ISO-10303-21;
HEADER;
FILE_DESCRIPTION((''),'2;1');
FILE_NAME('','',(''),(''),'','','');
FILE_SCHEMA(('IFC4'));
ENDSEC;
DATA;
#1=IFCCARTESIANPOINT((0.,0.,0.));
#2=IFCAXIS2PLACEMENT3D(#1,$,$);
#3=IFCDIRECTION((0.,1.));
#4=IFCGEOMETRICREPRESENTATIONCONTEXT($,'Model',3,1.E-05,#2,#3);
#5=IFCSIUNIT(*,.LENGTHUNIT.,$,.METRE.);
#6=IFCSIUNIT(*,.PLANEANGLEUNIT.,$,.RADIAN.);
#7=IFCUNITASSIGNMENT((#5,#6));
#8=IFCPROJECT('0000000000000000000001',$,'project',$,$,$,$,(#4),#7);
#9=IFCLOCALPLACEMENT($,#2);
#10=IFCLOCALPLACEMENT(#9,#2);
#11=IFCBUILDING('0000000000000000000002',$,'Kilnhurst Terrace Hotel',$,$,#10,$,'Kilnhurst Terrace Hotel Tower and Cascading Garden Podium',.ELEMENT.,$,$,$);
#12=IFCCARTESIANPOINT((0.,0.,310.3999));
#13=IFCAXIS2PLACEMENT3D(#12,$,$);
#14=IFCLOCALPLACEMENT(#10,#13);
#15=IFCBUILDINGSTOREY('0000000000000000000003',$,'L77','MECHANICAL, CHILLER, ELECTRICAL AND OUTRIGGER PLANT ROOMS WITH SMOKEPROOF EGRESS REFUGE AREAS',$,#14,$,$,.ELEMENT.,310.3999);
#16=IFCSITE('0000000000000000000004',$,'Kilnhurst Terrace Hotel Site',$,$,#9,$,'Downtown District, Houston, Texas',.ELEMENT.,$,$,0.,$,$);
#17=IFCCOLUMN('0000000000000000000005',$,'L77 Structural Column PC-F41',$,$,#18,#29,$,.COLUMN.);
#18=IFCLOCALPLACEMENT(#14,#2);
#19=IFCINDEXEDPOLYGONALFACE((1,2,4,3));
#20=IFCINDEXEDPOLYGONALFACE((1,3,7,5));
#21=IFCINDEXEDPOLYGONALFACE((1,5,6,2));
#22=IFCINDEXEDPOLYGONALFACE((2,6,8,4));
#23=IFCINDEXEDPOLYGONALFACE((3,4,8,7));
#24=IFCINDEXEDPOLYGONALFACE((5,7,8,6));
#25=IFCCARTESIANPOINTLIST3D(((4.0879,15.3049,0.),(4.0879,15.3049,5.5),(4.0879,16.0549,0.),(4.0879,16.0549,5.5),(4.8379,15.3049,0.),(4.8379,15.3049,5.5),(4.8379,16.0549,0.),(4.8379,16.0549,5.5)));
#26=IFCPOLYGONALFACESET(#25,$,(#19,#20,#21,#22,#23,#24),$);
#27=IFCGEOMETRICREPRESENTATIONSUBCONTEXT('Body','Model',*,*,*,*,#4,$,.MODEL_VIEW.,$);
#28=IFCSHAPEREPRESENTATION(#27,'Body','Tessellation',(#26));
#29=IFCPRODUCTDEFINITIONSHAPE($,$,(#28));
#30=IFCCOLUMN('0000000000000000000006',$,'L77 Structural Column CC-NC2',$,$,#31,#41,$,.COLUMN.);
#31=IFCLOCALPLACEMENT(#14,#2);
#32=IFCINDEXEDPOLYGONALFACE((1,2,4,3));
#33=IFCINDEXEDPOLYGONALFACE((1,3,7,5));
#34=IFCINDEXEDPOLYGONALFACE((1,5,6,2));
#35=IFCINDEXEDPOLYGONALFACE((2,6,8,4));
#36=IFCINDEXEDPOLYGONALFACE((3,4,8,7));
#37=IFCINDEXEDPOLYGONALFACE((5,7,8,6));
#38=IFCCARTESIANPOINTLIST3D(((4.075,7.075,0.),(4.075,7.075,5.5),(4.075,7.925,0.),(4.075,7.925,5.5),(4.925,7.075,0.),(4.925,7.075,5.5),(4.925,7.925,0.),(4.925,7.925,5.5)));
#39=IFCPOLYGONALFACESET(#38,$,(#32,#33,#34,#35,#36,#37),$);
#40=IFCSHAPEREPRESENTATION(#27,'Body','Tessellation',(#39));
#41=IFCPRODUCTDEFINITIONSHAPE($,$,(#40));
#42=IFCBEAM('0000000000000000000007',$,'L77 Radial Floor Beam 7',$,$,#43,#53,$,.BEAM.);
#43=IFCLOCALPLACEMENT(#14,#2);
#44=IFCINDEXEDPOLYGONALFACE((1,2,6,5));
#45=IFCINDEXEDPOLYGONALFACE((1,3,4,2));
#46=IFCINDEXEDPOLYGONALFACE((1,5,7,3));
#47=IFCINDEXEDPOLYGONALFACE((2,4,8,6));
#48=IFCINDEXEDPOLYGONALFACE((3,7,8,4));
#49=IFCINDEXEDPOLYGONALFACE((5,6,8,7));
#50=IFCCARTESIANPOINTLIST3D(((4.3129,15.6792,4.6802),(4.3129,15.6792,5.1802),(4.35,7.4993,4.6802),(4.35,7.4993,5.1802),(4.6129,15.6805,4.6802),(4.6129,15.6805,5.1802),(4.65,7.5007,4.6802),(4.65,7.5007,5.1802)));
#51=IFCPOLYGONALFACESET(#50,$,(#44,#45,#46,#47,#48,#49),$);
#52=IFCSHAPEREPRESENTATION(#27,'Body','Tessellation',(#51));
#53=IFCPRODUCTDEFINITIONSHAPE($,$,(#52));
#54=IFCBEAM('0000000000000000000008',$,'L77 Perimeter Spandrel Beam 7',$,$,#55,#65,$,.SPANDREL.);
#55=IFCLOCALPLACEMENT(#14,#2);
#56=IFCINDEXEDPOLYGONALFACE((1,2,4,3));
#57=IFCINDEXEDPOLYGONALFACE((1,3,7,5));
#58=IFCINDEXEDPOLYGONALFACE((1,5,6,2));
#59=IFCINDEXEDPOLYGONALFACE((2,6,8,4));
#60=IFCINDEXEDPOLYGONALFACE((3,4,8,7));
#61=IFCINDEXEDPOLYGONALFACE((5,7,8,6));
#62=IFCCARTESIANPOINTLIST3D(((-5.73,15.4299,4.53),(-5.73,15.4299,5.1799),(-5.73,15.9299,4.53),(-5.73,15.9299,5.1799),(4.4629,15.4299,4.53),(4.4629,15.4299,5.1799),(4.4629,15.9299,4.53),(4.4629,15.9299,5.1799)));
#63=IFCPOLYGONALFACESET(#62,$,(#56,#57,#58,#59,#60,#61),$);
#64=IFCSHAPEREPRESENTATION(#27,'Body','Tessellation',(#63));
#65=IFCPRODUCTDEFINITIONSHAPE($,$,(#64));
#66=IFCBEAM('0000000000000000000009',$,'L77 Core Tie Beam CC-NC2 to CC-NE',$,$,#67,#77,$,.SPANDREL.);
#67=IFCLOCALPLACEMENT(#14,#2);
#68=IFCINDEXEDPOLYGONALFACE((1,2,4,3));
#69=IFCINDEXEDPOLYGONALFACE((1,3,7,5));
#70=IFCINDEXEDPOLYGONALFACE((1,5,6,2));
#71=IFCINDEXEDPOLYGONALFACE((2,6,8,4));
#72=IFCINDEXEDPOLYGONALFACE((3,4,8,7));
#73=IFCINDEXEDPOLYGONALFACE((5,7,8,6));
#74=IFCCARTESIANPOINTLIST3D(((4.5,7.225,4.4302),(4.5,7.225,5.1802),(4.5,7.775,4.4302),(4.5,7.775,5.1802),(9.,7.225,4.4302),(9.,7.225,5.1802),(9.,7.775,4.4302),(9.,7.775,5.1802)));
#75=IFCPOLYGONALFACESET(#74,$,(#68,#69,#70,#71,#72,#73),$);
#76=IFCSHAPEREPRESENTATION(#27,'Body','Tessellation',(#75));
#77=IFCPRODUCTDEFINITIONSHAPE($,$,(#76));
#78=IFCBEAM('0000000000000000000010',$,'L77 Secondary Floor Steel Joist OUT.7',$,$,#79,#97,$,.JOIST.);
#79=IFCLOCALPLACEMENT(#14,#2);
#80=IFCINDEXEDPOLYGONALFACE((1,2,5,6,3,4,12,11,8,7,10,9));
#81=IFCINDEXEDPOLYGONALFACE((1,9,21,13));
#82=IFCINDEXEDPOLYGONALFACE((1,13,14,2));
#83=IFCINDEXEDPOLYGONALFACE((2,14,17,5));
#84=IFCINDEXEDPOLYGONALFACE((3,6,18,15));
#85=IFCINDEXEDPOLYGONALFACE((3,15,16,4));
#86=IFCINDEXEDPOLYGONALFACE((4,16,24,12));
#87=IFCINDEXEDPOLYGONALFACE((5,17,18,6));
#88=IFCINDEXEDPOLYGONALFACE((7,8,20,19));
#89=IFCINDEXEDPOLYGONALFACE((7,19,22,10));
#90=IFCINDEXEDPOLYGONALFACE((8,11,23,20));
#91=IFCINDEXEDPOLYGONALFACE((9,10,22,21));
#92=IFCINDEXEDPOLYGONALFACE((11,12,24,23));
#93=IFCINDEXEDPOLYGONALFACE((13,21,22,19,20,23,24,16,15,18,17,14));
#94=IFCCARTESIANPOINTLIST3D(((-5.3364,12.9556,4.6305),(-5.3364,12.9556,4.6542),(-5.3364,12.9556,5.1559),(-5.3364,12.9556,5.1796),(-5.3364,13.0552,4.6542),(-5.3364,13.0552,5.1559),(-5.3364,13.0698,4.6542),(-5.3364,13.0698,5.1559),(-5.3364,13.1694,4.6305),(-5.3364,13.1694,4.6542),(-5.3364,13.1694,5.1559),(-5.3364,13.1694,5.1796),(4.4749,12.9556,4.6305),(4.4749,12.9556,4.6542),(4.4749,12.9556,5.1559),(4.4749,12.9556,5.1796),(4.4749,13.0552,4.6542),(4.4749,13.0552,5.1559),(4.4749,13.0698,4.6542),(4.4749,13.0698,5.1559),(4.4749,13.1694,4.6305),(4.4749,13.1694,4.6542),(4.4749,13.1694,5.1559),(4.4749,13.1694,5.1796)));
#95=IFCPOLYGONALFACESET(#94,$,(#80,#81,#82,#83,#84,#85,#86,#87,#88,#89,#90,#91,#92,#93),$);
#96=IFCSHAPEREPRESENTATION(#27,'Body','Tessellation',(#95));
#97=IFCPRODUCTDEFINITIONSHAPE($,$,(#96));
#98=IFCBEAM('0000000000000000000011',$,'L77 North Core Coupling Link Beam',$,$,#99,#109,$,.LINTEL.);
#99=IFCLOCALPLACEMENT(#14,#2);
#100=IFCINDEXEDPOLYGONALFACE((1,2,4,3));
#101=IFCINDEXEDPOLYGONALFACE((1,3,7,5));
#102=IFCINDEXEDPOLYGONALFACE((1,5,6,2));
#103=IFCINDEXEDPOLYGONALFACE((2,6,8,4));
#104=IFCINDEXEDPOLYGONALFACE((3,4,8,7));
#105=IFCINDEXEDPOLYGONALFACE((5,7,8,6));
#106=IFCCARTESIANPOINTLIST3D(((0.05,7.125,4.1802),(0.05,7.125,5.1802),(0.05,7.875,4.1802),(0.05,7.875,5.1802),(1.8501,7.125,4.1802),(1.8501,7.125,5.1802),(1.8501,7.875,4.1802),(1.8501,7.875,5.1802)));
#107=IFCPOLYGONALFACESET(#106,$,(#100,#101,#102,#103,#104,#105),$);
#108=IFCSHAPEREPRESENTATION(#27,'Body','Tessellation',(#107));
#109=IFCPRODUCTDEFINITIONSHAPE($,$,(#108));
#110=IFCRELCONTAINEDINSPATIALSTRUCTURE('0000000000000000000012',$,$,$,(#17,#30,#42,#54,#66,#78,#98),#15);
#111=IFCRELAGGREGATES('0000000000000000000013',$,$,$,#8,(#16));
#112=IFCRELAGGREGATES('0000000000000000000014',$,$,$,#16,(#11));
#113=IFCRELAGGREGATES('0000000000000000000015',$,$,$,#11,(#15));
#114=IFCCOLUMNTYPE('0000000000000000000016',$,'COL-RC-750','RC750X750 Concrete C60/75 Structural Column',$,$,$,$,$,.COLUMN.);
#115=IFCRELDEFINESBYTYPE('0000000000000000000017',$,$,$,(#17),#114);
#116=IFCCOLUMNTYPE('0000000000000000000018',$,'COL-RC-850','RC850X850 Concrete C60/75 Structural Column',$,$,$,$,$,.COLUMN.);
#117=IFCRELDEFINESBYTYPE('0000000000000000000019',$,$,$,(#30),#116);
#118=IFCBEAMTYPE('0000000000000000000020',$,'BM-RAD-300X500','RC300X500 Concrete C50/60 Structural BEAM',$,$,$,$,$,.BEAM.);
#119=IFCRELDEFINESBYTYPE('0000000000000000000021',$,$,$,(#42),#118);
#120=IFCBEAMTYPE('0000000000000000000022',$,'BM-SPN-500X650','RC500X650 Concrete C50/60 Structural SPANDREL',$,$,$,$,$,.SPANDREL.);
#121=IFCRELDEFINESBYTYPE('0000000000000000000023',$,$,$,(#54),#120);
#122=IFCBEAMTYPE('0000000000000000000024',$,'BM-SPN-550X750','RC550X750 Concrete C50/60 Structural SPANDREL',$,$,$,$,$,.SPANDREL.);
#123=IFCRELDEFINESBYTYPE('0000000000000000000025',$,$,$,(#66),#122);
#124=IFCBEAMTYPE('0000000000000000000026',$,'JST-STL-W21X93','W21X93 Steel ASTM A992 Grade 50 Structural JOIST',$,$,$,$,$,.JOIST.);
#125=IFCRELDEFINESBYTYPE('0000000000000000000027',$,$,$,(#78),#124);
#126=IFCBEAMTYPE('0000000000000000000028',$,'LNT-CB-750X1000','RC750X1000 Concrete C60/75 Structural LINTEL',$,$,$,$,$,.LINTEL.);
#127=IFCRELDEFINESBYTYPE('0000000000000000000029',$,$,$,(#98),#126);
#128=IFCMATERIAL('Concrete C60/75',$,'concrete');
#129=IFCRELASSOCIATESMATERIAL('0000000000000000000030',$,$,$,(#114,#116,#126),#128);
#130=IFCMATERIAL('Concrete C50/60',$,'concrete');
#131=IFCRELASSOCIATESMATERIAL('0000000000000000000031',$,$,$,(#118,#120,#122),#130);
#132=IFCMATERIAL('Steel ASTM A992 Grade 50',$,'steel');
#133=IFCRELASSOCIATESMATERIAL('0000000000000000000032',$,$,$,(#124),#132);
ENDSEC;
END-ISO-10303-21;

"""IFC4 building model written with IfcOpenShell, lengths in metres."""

from ifc_helpers import new_model, si_unit, direction, frame, origin, origin_2d, place, context, subcontext, project, spatial, rectangle, i_section, extrude, material, material_profile, profile_set, type_object, element, save


model = new_model("IFC4")

# Units and contexts
model_context = context("Model", 3, precision=1e-05, world=origin(), true_north=direction((0.0, 1.0)))
body_context = subcontext(model_context, "Body", "Model", "MODEL_VIEW")
ifc_project = project(units=[si_unit("LENGTHUNIT", "METRE"), si_unit("PLANEANGLEUNIT", "RADIAN")], contexts=[model_context])

# Site, building, storey
site_placement = place(None, origin())
site = spatial("IfcSite", under=ifc_project, at=site_placement, Name="Kilnhurst Terrace Hotel Site", LongName="Downtown District, Houston, Texas", CompositionType="ELEMENT", RefElevation=0.0)
building_placement = place(site_placement, origin())
building = spatial("IfcBuilding", under=site, at=building_placement, Name="Kilnhurst Terrace Hotel", LongName="Kilnhurst Terrace Hotel Tower and Cascading Garden Podium", CompositionType="ELEMENT")
storey_placement = place(building_placement, frame((0.0, 0.0, 310.3999)))
storey = spatial("IfcBuildingStorey", under=building, at=storey_placement, Name="L77", Description="MECHANICAL, CHILLER, ELECTRICAL AND OUTRIGGER PLANT ROOMS WITH SMOKEPROOF EGRESS REFUGE AREAS", CompositionType="ELEMENT", Elevation=310.3999)

# Columns
ifc_material_1 = material(Name="Concrete C60/75", Category="concrete")
ifc_material_profile_1 = material_profile(ifc_material_1, rectangle(XDim=0.75, YDim=0.75, at=origin_2d()), Name="RC750X750")
ifc_profile_set_1 = profile_set([ifc_material_profile_1], Name="Concrete C60/75")
column_type_1 = type_object("IfcColumnType", Name="COL-RC-750", Description="RC750X750 Concrete C60/75 Structural Column", PredefinedType="COLUMN", material=ifc_profile_set_1)
column_1_placement = place(storey_placement, frame((4.4629, 15.6799, 0.0), z_axis=(0.0, 0.0, 1.0), x_axis=(1.0, 0.0, 0.0)))
element("IfcColumn", 1, at=column_1_placement, inside=storey, type_object=column_type_1, Name="L77 Structural Column PC-F41", PredefinedType="COLUMN", context=body_context, shape_type="SweptSolid", body=[
    extrude(rectangle(XDim=0.75, YDim=0.75, at=origin_2d()), origin(), (0.0, 0.0, 1.0), 5.5),
])
ifc_material_profile_2 = material_profile(ifc_material_1, rectangle(XDim=0.8501, YDim=0.8501, at=origin_2d()), Name="RC850X850")
ifc_profile_set_2 = profile_set([ifc_material_profile_2], Name="Concrete C60/75")
column_type_2 = type_object("IfcColumnType", Name="COL-RC-850", Description="RC850X850 Concrete C60/75 Structural Column", PredefinedType="COLUMN", material=ifc_profile_set_2)
column_2_placement = place(storey_placement, frame((4.5, 7.5, 0.0), z_axis=(0.0, 0.0, 1.0), x_axis=(1.0, 0.0, 0.0)))
element("IfcColumn", 2, at=column_2_placement, inside=storey, type_object=column_type_2, Name="L77 Structural Column CC-NC2", PredefinedType="COLUMN", context=body_context, shape_type="SweptSolid", body=[
    extrude(rectangle(XDim=0.8501, YDim=0.8501, at=origin_2d()), origin(), (0.0, 0.0, 1.0), 5.5),
])

# Beams
ifc_material_2 = material(Name="Concrete C50/60", Category="concrete")
ifc_material_profile_3 = material_profile(ifc_material_2, rectangle(XDim=0.3, YDim=0.5, at=origin_2d()), Name="RC300X500")
ifc_profile_set_3 = profile_set([ifc_material_profile_3], Name="Concrete C50/60")
beam_type_1 = type_object("IfcBeamType", Name="BM-RAD-300X500", Description="RC300X500 Concrete C50/60 Structural BEAM", PredefinedType="BEAM", material=ifc_profile_set_3)
beam_1_placement = place(storey_placement, frame((4.5, 7.5, 4.9302), z_axis=(-0.004537, 0.99999, 0.0), x_axis=(-0.99999, -0.004537, 0.0)))
element("IfcBeam", 3, at=beam_1_placement, inside=storey, type_object=beam_type_1, Name="L77 Radial Floor Beam 7", PredefinedType="BEAM", context=body_context, shape_type="SweptSolid", body=[
    extrude(rectangle(XDim=0.3, YDim=0.5, at=origin_2d()), origin(), (0.0, 0.0, 1.0), 8.1799),
])
ifc_material_profile_4 = material_profile(ifc_material_2, rectangle(XDim=0.5, YDim=0.6499, at=origin_2d()), Name="RC500X650")
ifc_profile_set_4 = profile_set([ifc_material_profile_4], Name="Concrete C50/60")
beam_type_2 = type_object("IfcBeamType", Name="BM-SPN-500X650", Description="RC500X650 Concrete C50/60 Structural SPANDREL", PredefinedType="SPANDREL", material=ifc_profile_set_4)
beam_2_placement = place(storey_placement, frame((4.4629, 15.6799, 4.855), z_axis=(-1.0, 0.0, 0.0), x_axis=(0.0, -1.0, 0.0)))
element("IfcBeam", 4, at=beam_2_placement, inside=storey, type_object=beam_type_2, Name="L77 Perimeter Spandrel Beam 7", PredefinedType="SPANDREL", context=body_context, shape_type="SweptSolid", body=[
    extrude(rectangle(XDim=0.5, YDim=0.6499, at=origin_2d()), origin(), (0.0, 0.0, 1.0), 10.1929),
])
ifc_material_profile_5 = material_profile(ifc_material_2, rectangle(XDim=0.55, YDim=0.75, at=origin_2d()), Name="RC550X750")
ifc_profile_set_5 = profile_set([ifc_material_profile_5], Name="Concrete C50/60")
beam_type_3 = type_object("IfcBeamType", Name="BM-SPN-550X750", Description="RC550X750 Concrete C50/60 Structural SPANDREL", PredefinedType="SPANDREL", material=ifc_profile_set_5)
beam_3_placement = place(storey_placement, frame((4.5, 7.5, 4.8052), z_axis=(1.0, 0.0, 0.0), x_axis=(0.0, 1.0, 0.0)))
element("IfcBeam", 5, at=beam_3_placement, inside=storey, type_object=beam_type_3, Name="L77 Core Tie Beam CC-NC2 to CC-NE", PredefinedType="SPANDREL", context=body_context, shape_type="SweptSolid", body=[
    extrude(rectangle(XDim=0.55, YDim=0.75, at=origin_2d()), origin(), (0.0, 0.0, 1.0), 4.5),
])
ifc_material_3 = material(Name="Steel ASTM A992 Grade 50", Category="steel")
ifc_material_profile_6 = material_profile(ifc_material_3, i_section(OverallWidth=0.2139, OverallDepth=0.5491, WebThickness=0.0146, FlangeThickness=0.0237, at=origin_2d()), Name="W21X93")
ifc_profile_set_6 = profile_set([ifc_material_profile_6], Name="Steel ASTM A992 Grade 50")
beam_type_4 = type_object("IfcBeamType", Name="JST-STL-W21X93", Description="W21X93 Steel ASTM A992 Grade 50 Structural JOIST", PredefinedType="JOIST", material=ifc_profile_set_6)
beam_4_placement = place(storey_placement, frame((4.4749, 13.0625, 4.905), z_axis=(-1.0, 0.0, 0.0), x_axis=(0.0, -1.0, 0.0)))
element("IfcBeam", 6, at=beam_4_placement, inside=storey, type_object=beam_type_4, Name="L77 Secondary Floor Steel Joist OUT.7", PredefinedType="JOIST", context=body_context, shape_type="SweptSolid", body=[
    extrude(i_section(OverallWidth=0.2139, OverallDepth=0.5491, WebThickness=0.0146, FlangeThickness=0.0237, at=origin_2d()), origin(), (0.0, 0.0, 1.0), 9.8113),
])
ifc_material_profile_7 = material_profile(ifc_material_1, rectangle(XDim=0.75, YDim=1.0, at=origin_2d()), Name="RC750X1000")
ifc_profile_set_7 = profile_set([ifc_material_profile_7], Name="Concrete C60/75")
beam_type_5 = type_object("IfcBeamType", Name="LNT-CB-750X1000", Description="RC750X1000 Concrete C60/75 Structural LINTEL", PredefinedType="LINTEL", material=ifc_profile_set_7)
beam_5_placement = place(storey_placement, frame((0.05, 7.5, 4.6802), z_axis=(1.0, 0.0, 0.0), x_axis=(0.0, 1.0, 0.0)))
element("IfcBeam", 7, at=beam_5_placement, inside=storey, type_object=beam_type_5, Name="L77 North Core Coupling Link Beam", PredefinedType="LINTEL", context=body_context, shape_type="SweptSolid", body=[
    extrude(rectangle(XDim=0.75, YDim=1.0, at=origin_2d()), origin(), (0.0, 0.0, 1.0), 1.8),
])

save(model, "model.ifc")
